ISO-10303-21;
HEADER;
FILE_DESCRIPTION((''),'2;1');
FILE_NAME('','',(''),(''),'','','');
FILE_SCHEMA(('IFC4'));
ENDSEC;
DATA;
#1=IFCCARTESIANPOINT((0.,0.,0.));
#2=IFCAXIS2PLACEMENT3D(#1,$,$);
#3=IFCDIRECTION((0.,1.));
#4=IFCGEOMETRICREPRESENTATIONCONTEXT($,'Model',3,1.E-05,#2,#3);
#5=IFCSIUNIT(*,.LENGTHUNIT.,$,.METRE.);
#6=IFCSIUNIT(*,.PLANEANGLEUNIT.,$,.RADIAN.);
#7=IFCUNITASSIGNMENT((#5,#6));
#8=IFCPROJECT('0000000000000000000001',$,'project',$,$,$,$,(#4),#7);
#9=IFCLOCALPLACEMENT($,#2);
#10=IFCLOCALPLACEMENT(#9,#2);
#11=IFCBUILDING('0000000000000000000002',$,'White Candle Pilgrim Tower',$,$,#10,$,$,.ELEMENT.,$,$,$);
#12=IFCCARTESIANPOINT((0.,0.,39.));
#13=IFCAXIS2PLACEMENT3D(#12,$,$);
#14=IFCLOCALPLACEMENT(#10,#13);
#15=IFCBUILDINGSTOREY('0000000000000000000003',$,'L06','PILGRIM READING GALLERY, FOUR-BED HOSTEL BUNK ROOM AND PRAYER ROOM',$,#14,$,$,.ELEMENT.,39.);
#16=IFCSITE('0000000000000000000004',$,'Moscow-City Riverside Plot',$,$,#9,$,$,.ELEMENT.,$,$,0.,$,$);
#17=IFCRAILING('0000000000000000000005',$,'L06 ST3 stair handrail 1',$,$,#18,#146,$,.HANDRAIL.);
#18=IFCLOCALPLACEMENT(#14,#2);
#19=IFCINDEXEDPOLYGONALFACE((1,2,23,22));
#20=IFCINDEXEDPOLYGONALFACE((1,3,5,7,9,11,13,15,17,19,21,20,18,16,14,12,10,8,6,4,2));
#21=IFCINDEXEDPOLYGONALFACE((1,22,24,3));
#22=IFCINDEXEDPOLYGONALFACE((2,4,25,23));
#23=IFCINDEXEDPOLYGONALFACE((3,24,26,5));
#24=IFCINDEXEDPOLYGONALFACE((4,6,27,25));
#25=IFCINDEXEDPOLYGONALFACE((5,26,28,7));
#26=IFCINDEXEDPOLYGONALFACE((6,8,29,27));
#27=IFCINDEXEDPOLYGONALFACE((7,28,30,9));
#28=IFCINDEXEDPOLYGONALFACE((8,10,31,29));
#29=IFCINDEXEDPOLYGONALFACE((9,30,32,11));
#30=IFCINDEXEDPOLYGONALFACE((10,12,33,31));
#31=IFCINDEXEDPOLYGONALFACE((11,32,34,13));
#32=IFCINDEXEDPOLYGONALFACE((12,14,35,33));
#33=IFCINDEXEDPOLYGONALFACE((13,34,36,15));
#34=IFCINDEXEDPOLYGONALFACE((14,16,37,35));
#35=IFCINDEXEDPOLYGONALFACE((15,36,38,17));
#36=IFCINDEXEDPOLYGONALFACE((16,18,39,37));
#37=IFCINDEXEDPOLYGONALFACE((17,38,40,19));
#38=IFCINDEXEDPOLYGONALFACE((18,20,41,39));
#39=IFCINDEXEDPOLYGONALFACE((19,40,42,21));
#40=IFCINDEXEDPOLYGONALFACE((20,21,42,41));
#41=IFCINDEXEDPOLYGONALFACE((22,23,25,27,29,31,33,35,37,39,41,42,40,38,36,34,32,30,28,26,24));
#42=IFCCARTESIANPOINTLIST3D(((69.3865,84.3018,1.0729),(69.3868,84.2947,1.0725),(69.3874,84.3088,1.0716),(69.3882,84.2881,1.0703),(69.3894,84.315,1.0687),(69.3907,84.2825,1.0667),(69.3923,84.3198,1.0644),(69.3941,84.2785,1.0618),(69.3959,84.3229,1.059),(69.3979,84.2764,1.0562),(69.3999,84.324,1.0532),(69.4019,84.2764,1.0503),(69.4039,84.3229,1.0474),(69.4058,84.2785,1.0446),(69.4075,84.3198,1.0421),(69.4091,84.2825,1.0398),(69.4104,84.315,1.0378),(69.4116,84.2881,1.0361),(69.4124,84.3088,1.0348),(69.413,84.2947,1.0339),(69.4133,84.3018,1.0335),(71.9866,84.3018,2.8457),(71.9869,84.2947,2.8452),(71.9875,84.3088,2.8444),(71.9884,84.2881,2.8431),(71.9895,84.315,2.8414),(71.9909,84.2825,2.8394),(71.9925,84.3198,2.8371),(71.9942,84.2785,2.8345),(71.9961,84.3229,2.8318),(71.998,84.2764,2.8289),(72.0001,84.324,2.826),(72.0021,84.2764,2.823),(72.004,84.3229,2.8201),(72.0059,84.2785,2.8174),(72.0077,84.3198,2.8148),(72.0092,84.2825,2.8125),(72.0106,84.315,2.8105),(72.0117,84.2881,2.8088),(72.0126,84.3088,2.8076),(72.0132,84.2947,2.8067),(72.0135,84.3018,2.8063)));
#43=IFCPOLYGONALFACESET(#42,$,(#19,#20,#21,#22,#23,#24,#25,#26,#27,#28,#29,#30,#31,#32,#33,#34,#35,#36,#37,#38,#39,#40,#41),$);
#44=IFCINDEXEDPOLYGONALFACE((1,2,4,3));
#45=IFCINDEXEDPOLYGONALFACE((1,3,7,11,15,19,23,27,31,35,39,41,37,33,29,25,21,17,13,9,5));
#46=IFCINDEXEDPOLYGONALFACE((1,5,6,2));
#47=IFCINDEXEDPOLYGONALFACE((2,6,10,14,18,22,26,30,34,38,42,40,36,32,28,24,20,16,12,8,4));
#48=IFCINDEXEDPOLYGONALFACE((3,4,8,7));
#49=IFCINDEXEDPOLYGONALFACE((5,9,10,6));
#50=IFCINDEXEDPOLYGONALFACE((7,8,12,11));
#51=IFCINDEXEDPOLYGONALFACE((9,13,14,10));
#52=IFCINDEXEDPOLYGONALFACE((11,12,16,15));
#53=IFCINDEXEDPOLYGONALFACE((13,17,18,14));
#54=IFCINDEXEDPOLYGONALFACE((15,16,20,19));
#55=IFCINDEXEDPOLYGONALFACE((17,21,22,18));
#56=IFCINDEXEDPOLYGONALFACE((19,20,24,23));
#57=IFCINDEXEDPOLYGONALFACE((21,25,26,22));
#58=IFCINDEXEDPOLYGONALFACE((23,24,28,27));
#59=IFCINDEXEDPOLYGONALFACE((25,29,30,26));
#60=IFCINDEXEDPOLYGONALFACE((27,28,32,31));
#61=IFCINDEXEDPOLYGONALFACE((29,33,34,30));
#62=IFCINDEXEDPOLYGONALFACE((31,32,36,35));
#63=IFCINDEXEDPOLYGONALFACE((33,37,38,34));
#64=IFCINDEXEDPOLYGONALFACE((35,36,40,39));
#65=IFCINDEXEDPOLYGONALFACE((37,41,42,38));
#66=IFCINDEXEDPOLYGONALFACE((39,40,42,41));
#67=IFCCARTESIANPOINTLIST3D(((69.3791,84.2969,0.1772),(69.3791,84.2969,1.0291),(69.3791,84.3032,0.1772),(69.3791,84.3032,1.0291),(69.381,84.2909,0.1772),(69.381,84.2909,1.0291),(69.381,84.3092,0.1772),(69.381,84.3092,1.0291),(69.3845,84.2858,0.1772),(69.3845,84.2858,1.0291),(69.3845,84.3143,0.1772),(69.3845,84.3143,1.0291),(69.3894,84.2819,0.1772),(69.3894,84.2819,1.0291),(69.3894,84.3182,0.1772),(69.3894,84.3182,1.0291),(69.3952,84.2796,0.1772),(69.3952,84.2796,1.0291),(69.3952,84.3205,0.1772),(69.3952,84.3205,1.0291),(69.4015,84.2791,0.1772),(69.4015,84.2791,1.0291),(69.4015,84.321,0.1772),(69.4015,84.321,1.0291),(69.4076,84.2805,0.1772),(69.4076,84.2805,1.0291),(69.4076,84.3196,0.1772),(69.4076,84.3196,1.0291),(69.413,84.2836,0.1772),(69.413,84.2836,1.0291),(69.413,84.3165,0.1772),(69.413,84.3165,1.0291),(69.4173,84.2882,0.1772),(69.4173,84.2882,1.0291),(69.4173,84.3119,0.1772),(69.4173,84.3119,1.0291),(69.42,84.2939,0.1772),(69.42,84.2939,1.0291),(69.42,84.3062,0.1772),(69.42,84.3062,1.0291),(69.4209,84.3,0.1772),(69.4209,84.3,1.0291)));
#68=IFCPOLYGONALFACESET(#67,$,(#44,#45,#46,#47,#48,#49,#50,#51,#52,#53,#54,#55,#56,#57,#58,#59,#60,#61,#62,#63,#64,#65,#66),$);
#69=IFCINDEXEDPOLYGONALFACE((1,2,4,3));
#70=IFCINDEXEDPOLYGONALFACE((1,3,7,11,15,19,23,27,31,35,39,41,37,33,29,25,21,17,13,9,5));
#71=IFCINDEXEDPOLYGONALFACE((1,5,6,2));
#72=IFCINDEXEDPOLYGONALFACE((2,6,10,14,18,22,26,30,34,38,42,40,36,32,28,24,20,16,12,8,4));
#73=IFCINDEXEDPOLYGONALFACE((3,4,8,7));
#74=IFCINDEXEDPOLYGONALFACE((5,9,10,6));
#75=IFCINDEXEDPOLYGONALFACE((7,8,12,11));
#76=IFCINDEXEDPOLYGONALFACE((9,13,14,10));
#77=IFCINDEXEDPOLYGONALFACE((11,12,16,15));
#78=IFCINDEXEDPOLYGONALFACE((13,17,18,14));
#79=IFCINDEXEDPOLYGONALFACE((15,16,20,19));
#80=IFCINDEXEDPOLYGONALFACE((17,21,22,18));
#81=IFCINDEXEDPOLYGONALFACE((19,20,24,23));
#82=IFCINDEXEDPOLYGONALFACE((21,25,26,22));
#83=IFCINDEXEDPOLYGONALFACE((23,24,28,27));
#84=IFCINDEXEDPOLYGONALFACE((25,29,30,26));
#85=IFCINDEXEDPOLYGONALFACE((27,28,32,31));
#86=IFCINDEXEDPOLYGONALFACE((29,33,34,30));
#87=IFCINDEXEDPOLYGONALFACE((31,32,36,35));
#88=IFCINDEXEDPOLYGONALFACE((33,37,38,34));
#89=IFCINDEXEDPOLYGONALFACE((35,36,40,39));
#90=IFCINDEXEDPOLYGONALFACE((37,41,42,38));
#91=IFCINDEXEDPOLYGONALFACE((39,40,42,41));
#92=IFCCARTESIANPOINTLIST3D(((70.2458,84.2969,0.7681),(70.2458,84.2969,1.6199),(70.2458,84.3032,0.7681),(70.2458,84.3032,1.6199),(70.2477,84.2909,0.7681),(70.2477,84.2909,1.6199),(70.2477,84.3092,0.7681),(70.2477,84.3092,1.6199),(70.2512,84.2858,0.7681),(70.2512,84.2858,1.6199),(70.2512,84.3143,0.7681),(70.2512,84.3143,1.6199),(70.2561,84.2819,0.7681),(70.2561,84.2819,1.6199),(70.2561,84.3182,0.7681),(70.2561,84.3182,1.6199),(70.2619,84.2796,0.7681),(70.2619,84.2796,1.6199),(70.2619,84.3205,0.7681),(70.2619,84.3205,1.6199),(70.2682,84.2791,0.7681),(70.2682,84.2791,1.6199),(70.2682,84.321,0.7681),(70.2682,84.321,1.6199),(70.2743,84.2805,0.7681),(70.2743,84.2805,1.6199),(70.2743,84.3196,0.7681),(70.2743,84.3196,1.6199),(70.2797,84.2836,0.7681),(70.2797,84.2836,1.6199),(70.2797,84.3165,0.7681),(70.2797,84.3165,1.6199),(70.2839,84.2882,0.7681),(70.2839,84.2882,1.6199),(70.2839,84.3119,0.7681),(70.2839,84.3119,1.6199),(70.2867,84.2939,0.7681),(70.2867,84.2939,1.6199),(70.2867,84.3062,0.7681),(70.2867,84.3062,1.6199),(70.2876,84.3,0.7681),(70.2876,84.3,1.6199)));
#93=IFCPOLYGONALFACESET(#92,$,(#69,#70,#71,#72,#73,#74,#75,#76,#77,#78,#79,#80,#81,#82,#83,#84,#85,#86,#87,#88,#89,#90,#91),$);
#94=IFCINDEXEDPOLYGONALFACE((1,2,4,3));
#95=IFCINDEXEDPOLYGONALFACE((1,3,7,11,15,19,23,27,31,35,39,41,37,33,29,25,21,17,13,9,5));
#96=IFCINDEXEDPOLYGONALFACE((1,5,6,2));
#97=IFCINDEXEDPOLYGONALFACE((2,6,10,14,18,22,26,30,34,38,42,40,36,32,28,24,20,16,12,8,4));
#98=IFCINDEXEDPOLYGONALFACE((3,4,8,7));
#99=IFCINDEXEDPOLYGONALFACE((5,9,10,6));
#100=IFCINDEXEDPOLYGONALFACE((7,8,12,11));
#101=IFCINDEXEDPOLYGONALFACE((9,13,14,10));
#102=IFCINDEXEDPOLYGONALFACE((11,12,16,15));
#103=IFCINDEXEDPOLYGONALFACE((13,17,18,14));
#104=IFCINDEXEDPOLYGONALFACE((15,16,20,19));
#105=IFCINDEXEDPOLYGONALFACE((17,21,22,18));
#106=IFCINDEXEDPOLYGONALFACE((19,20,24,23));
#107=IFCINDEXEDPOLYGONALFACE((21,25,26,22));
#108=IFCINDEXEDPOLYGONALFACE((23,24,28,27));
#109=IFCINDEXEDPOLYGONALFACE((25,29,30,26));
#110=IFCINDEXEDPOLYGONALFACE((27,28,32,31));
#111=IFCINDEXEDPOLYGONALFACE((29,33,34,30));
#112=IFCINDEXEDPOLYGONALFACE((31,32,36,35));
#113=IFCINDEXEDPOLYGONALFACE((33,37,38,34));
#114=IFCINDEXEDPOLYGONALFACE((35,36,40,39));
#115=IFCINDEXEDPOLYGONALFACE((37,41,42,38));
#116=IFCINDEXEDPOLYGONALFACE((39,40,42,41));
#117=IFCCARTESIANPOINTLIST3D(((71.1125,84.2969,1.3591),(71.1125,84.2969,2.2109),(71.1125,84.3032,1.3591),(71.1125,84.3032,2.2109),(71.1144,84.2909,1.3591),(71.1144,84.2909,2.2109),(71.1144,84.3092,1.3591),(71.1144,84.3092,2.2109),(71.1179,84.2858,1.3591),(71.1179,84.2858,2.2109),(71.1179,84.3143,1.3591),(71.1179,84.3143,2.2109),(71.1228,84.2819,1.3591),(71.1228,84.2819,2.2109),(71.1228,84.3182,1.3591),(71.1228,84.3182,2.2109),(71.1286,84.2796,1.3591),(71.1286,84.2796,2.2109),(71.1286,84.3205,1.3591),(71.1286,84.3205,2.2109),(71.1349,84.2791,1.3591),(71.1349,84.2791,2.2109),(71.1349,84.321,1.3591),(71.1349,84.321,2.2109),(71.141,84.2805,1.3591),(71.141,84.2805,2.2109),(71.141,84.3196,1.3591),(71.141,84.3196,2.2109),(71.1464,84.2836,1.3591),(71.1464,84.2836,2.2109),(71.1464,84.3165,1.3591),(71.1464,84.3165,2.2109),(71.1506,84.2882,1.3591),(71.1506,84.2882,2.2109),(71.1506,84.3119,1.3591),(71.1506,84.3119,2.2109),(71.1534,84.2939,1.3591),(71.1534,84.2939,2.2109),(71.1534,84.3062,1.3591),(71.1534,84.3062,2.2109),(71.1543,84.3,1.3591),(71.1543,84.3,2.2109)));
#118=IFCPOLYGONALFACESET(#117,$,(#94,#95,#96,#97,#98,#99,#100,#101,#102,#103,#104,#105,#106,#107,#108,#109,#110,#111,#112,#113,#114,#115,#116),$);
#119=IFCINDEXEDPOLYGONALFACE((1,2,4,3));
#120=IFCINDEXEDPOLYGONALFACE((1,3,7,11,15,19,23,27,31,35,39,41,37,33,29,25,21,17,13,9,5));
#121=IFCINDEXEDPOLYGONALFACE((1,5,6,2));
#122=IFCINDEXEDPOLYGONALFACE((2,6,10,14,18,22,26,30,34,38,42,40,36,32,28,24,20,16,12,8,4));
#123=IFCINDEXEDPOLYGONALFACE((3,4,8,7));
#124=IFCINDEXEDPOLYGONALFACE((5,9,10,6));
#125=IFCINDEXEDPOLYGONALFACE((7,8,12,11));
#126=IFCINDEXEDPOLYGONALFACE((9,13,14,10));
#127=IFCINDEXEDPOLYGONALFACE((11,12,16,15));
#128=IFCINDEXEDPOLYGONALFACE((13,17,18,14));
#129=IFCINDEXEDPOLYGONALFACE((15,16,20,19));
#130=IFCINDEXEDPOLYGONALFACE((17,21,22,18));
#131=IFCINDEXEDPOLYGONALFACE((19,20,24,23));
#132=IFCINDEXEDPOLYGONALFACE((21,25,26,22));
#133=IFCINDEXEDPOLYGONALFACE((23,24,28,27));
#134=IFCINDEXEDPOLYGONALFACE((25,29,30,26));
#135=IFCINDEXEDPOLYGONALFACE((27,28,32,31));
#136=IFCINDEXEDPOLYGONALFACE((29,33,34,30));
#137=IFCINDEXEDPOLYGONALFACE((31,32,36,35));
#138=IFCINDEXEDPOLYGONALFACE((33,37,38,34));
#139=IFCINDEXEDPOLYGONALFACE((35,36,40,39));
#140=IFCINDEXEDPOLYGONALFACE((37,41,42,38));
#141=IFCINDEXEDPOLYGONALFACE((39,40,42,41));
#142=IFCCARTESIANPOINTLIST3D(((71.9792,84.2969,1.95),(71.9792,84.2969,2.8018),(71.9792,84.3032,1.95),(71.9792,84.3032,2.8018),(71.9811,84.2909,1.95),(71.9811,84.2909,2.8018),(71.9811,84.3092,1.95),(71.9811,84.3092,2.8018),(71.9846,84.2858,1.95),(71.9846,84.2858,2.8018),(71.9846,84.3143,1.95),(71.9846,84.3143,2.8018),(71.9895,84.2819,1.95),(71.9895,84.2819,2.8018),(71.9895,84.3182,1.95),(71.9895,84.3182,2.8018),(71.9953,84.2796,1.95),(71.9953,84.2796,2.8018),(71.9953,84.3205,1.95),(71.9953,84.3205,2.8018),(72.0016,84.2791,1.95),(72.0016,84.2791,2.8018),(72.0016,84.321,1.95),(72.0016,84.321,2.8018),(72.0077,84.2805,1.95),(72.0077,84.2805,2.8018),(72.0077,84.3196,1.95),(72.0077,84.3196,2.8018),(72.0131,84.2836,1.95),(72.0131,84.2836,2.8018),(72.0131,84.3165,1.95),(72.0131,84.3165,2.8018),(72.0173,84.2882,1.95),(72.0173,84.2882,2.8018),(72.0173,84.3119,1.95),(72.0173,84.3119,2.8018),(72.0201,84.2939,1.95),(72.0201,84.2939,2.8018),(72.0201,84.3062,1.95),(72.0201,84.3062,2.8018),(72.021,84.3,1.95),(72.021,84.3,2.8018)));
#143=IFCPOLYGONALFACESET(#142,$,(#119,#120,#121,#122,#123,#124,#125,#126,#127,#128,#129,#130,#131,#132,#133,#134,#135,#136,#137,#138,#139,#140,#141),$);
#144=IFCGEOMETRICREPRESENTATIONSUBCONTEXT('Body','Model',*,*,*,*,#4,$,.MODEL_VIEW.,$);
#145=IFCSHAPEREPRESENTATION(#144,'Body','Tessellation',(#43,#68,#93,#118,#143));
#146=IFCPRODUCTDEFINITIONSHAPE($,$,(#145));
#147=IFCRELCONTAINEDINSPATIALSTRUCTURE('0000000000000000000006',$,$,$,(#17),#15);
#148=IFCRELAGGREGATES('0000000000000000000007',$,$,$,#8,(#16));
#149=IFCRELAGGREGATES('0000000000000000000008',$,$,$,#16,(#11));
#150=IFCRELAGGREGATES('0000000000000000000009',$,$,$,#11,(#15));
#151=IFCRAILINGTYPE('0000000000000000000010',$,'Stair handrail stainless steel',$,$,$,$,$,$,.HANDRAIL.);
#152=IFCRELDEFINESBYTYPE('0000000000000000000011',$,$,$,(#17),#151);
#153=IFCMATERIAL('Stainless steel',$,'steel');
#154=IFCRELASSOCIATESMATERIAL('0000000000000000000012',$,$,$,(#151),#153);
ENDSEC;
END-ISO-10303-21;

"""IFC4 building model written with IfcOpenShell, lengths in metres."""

from ifc_helpers import new_model, si_unit, direction, frame, origin, origin_2d, place, context, subcontext, project, spatial, circle, extrude, material, type_object, element, save


model = new_model("IFC4")

# Units and contexts
model_context = context("Model", 3, precision=1e-05, world=origin(), true_north=direction((0.0, 1.0)))
body_context = subcontext(model_context, "Body", "Model", "MODEL_VIEW")
ifc_project = project(units=[si_unit("LENGTHUNIT", "METRE"), si_unit("PLANEANGLEUNIT", "RADIAN")], contexts=[model_context])

# Site, building, storey
site_placement = place(None, origin())
site = spatial("IfcSite", under=ifc_project, at=site_placement, Name="Moscow-City Riverside Plot", CompositionType="ELEMENT", RefElevation=0.0)
building_placement = place(site_placement, origin())
building = spatial("IfcBuilding", under=site, at=building_placement, Name="White Candle Pilgrim Tower", CompositionType="ELEMENT")
storey_placement = place(building_placement, frame((0.0, 0.0, 39.0)))
storey = spatial("IfcBuildingStorey", under=building, at=storey_placement, Name="L06", Description="PILGRIM READING GALLERY, FOUR-BED HOSTEL BUNK ROOM AND PRAYER ROOM", CompositionType="ELEMENT", Elevation=39.0)

# Railing
ifc_material_1 = material(Name="Stainless steel", Category="steel")
railing_type_1 = type_object("IfcRailingType", Name="Stair handrail stainless steel", PredefinedType="HANDRAIL", material=ifc_material_1)
railing_1_placement = place(storey_placement, frame((69.3999, 84.3, 0.1772)))
element("IfcRailing", 1, at=railing_1_placement, inside=storey, type_object=railing_type_1, Name="L06 ST3 stair handrail 1", PredefinedType="HANDRAIL", context=body_context, shape_type="SweptSolid", body=[
    extrude(circle(Radius=0.0239, at=origin_2d()), frame((0.0, 0.0, 0.876), z_axis=(0.82624, 0.0, 0.563318), x_axis=(0.0, 1.0, 0.0)), (0.0, 0.0, 1.0), 3.147),
    extrude(circle(Radius=0.021, at=origin_2d()), origin(), (0.0, 0.0, 1.0), 0.8518),
    extrude(circle(Radius=0.021, at=origin_2d()), frame((0.8667, 0.0, 0.5908)), (0.0, 0.0, 1.0), 0.8518),
    extrude(circle(Radius=0.021, at=origin_2d()), frame((1.7334, 0.0, 1.1819)), (0.0, 0.0, 1.0), 0.8518),
    extrude(circle(Radius=0.021, at=origin_2d()), frame((2.6001, 0.0, 1.7727)), (0.0, 0.0, 1.0), 0.8518),
])

save(model, "model.ifc")
